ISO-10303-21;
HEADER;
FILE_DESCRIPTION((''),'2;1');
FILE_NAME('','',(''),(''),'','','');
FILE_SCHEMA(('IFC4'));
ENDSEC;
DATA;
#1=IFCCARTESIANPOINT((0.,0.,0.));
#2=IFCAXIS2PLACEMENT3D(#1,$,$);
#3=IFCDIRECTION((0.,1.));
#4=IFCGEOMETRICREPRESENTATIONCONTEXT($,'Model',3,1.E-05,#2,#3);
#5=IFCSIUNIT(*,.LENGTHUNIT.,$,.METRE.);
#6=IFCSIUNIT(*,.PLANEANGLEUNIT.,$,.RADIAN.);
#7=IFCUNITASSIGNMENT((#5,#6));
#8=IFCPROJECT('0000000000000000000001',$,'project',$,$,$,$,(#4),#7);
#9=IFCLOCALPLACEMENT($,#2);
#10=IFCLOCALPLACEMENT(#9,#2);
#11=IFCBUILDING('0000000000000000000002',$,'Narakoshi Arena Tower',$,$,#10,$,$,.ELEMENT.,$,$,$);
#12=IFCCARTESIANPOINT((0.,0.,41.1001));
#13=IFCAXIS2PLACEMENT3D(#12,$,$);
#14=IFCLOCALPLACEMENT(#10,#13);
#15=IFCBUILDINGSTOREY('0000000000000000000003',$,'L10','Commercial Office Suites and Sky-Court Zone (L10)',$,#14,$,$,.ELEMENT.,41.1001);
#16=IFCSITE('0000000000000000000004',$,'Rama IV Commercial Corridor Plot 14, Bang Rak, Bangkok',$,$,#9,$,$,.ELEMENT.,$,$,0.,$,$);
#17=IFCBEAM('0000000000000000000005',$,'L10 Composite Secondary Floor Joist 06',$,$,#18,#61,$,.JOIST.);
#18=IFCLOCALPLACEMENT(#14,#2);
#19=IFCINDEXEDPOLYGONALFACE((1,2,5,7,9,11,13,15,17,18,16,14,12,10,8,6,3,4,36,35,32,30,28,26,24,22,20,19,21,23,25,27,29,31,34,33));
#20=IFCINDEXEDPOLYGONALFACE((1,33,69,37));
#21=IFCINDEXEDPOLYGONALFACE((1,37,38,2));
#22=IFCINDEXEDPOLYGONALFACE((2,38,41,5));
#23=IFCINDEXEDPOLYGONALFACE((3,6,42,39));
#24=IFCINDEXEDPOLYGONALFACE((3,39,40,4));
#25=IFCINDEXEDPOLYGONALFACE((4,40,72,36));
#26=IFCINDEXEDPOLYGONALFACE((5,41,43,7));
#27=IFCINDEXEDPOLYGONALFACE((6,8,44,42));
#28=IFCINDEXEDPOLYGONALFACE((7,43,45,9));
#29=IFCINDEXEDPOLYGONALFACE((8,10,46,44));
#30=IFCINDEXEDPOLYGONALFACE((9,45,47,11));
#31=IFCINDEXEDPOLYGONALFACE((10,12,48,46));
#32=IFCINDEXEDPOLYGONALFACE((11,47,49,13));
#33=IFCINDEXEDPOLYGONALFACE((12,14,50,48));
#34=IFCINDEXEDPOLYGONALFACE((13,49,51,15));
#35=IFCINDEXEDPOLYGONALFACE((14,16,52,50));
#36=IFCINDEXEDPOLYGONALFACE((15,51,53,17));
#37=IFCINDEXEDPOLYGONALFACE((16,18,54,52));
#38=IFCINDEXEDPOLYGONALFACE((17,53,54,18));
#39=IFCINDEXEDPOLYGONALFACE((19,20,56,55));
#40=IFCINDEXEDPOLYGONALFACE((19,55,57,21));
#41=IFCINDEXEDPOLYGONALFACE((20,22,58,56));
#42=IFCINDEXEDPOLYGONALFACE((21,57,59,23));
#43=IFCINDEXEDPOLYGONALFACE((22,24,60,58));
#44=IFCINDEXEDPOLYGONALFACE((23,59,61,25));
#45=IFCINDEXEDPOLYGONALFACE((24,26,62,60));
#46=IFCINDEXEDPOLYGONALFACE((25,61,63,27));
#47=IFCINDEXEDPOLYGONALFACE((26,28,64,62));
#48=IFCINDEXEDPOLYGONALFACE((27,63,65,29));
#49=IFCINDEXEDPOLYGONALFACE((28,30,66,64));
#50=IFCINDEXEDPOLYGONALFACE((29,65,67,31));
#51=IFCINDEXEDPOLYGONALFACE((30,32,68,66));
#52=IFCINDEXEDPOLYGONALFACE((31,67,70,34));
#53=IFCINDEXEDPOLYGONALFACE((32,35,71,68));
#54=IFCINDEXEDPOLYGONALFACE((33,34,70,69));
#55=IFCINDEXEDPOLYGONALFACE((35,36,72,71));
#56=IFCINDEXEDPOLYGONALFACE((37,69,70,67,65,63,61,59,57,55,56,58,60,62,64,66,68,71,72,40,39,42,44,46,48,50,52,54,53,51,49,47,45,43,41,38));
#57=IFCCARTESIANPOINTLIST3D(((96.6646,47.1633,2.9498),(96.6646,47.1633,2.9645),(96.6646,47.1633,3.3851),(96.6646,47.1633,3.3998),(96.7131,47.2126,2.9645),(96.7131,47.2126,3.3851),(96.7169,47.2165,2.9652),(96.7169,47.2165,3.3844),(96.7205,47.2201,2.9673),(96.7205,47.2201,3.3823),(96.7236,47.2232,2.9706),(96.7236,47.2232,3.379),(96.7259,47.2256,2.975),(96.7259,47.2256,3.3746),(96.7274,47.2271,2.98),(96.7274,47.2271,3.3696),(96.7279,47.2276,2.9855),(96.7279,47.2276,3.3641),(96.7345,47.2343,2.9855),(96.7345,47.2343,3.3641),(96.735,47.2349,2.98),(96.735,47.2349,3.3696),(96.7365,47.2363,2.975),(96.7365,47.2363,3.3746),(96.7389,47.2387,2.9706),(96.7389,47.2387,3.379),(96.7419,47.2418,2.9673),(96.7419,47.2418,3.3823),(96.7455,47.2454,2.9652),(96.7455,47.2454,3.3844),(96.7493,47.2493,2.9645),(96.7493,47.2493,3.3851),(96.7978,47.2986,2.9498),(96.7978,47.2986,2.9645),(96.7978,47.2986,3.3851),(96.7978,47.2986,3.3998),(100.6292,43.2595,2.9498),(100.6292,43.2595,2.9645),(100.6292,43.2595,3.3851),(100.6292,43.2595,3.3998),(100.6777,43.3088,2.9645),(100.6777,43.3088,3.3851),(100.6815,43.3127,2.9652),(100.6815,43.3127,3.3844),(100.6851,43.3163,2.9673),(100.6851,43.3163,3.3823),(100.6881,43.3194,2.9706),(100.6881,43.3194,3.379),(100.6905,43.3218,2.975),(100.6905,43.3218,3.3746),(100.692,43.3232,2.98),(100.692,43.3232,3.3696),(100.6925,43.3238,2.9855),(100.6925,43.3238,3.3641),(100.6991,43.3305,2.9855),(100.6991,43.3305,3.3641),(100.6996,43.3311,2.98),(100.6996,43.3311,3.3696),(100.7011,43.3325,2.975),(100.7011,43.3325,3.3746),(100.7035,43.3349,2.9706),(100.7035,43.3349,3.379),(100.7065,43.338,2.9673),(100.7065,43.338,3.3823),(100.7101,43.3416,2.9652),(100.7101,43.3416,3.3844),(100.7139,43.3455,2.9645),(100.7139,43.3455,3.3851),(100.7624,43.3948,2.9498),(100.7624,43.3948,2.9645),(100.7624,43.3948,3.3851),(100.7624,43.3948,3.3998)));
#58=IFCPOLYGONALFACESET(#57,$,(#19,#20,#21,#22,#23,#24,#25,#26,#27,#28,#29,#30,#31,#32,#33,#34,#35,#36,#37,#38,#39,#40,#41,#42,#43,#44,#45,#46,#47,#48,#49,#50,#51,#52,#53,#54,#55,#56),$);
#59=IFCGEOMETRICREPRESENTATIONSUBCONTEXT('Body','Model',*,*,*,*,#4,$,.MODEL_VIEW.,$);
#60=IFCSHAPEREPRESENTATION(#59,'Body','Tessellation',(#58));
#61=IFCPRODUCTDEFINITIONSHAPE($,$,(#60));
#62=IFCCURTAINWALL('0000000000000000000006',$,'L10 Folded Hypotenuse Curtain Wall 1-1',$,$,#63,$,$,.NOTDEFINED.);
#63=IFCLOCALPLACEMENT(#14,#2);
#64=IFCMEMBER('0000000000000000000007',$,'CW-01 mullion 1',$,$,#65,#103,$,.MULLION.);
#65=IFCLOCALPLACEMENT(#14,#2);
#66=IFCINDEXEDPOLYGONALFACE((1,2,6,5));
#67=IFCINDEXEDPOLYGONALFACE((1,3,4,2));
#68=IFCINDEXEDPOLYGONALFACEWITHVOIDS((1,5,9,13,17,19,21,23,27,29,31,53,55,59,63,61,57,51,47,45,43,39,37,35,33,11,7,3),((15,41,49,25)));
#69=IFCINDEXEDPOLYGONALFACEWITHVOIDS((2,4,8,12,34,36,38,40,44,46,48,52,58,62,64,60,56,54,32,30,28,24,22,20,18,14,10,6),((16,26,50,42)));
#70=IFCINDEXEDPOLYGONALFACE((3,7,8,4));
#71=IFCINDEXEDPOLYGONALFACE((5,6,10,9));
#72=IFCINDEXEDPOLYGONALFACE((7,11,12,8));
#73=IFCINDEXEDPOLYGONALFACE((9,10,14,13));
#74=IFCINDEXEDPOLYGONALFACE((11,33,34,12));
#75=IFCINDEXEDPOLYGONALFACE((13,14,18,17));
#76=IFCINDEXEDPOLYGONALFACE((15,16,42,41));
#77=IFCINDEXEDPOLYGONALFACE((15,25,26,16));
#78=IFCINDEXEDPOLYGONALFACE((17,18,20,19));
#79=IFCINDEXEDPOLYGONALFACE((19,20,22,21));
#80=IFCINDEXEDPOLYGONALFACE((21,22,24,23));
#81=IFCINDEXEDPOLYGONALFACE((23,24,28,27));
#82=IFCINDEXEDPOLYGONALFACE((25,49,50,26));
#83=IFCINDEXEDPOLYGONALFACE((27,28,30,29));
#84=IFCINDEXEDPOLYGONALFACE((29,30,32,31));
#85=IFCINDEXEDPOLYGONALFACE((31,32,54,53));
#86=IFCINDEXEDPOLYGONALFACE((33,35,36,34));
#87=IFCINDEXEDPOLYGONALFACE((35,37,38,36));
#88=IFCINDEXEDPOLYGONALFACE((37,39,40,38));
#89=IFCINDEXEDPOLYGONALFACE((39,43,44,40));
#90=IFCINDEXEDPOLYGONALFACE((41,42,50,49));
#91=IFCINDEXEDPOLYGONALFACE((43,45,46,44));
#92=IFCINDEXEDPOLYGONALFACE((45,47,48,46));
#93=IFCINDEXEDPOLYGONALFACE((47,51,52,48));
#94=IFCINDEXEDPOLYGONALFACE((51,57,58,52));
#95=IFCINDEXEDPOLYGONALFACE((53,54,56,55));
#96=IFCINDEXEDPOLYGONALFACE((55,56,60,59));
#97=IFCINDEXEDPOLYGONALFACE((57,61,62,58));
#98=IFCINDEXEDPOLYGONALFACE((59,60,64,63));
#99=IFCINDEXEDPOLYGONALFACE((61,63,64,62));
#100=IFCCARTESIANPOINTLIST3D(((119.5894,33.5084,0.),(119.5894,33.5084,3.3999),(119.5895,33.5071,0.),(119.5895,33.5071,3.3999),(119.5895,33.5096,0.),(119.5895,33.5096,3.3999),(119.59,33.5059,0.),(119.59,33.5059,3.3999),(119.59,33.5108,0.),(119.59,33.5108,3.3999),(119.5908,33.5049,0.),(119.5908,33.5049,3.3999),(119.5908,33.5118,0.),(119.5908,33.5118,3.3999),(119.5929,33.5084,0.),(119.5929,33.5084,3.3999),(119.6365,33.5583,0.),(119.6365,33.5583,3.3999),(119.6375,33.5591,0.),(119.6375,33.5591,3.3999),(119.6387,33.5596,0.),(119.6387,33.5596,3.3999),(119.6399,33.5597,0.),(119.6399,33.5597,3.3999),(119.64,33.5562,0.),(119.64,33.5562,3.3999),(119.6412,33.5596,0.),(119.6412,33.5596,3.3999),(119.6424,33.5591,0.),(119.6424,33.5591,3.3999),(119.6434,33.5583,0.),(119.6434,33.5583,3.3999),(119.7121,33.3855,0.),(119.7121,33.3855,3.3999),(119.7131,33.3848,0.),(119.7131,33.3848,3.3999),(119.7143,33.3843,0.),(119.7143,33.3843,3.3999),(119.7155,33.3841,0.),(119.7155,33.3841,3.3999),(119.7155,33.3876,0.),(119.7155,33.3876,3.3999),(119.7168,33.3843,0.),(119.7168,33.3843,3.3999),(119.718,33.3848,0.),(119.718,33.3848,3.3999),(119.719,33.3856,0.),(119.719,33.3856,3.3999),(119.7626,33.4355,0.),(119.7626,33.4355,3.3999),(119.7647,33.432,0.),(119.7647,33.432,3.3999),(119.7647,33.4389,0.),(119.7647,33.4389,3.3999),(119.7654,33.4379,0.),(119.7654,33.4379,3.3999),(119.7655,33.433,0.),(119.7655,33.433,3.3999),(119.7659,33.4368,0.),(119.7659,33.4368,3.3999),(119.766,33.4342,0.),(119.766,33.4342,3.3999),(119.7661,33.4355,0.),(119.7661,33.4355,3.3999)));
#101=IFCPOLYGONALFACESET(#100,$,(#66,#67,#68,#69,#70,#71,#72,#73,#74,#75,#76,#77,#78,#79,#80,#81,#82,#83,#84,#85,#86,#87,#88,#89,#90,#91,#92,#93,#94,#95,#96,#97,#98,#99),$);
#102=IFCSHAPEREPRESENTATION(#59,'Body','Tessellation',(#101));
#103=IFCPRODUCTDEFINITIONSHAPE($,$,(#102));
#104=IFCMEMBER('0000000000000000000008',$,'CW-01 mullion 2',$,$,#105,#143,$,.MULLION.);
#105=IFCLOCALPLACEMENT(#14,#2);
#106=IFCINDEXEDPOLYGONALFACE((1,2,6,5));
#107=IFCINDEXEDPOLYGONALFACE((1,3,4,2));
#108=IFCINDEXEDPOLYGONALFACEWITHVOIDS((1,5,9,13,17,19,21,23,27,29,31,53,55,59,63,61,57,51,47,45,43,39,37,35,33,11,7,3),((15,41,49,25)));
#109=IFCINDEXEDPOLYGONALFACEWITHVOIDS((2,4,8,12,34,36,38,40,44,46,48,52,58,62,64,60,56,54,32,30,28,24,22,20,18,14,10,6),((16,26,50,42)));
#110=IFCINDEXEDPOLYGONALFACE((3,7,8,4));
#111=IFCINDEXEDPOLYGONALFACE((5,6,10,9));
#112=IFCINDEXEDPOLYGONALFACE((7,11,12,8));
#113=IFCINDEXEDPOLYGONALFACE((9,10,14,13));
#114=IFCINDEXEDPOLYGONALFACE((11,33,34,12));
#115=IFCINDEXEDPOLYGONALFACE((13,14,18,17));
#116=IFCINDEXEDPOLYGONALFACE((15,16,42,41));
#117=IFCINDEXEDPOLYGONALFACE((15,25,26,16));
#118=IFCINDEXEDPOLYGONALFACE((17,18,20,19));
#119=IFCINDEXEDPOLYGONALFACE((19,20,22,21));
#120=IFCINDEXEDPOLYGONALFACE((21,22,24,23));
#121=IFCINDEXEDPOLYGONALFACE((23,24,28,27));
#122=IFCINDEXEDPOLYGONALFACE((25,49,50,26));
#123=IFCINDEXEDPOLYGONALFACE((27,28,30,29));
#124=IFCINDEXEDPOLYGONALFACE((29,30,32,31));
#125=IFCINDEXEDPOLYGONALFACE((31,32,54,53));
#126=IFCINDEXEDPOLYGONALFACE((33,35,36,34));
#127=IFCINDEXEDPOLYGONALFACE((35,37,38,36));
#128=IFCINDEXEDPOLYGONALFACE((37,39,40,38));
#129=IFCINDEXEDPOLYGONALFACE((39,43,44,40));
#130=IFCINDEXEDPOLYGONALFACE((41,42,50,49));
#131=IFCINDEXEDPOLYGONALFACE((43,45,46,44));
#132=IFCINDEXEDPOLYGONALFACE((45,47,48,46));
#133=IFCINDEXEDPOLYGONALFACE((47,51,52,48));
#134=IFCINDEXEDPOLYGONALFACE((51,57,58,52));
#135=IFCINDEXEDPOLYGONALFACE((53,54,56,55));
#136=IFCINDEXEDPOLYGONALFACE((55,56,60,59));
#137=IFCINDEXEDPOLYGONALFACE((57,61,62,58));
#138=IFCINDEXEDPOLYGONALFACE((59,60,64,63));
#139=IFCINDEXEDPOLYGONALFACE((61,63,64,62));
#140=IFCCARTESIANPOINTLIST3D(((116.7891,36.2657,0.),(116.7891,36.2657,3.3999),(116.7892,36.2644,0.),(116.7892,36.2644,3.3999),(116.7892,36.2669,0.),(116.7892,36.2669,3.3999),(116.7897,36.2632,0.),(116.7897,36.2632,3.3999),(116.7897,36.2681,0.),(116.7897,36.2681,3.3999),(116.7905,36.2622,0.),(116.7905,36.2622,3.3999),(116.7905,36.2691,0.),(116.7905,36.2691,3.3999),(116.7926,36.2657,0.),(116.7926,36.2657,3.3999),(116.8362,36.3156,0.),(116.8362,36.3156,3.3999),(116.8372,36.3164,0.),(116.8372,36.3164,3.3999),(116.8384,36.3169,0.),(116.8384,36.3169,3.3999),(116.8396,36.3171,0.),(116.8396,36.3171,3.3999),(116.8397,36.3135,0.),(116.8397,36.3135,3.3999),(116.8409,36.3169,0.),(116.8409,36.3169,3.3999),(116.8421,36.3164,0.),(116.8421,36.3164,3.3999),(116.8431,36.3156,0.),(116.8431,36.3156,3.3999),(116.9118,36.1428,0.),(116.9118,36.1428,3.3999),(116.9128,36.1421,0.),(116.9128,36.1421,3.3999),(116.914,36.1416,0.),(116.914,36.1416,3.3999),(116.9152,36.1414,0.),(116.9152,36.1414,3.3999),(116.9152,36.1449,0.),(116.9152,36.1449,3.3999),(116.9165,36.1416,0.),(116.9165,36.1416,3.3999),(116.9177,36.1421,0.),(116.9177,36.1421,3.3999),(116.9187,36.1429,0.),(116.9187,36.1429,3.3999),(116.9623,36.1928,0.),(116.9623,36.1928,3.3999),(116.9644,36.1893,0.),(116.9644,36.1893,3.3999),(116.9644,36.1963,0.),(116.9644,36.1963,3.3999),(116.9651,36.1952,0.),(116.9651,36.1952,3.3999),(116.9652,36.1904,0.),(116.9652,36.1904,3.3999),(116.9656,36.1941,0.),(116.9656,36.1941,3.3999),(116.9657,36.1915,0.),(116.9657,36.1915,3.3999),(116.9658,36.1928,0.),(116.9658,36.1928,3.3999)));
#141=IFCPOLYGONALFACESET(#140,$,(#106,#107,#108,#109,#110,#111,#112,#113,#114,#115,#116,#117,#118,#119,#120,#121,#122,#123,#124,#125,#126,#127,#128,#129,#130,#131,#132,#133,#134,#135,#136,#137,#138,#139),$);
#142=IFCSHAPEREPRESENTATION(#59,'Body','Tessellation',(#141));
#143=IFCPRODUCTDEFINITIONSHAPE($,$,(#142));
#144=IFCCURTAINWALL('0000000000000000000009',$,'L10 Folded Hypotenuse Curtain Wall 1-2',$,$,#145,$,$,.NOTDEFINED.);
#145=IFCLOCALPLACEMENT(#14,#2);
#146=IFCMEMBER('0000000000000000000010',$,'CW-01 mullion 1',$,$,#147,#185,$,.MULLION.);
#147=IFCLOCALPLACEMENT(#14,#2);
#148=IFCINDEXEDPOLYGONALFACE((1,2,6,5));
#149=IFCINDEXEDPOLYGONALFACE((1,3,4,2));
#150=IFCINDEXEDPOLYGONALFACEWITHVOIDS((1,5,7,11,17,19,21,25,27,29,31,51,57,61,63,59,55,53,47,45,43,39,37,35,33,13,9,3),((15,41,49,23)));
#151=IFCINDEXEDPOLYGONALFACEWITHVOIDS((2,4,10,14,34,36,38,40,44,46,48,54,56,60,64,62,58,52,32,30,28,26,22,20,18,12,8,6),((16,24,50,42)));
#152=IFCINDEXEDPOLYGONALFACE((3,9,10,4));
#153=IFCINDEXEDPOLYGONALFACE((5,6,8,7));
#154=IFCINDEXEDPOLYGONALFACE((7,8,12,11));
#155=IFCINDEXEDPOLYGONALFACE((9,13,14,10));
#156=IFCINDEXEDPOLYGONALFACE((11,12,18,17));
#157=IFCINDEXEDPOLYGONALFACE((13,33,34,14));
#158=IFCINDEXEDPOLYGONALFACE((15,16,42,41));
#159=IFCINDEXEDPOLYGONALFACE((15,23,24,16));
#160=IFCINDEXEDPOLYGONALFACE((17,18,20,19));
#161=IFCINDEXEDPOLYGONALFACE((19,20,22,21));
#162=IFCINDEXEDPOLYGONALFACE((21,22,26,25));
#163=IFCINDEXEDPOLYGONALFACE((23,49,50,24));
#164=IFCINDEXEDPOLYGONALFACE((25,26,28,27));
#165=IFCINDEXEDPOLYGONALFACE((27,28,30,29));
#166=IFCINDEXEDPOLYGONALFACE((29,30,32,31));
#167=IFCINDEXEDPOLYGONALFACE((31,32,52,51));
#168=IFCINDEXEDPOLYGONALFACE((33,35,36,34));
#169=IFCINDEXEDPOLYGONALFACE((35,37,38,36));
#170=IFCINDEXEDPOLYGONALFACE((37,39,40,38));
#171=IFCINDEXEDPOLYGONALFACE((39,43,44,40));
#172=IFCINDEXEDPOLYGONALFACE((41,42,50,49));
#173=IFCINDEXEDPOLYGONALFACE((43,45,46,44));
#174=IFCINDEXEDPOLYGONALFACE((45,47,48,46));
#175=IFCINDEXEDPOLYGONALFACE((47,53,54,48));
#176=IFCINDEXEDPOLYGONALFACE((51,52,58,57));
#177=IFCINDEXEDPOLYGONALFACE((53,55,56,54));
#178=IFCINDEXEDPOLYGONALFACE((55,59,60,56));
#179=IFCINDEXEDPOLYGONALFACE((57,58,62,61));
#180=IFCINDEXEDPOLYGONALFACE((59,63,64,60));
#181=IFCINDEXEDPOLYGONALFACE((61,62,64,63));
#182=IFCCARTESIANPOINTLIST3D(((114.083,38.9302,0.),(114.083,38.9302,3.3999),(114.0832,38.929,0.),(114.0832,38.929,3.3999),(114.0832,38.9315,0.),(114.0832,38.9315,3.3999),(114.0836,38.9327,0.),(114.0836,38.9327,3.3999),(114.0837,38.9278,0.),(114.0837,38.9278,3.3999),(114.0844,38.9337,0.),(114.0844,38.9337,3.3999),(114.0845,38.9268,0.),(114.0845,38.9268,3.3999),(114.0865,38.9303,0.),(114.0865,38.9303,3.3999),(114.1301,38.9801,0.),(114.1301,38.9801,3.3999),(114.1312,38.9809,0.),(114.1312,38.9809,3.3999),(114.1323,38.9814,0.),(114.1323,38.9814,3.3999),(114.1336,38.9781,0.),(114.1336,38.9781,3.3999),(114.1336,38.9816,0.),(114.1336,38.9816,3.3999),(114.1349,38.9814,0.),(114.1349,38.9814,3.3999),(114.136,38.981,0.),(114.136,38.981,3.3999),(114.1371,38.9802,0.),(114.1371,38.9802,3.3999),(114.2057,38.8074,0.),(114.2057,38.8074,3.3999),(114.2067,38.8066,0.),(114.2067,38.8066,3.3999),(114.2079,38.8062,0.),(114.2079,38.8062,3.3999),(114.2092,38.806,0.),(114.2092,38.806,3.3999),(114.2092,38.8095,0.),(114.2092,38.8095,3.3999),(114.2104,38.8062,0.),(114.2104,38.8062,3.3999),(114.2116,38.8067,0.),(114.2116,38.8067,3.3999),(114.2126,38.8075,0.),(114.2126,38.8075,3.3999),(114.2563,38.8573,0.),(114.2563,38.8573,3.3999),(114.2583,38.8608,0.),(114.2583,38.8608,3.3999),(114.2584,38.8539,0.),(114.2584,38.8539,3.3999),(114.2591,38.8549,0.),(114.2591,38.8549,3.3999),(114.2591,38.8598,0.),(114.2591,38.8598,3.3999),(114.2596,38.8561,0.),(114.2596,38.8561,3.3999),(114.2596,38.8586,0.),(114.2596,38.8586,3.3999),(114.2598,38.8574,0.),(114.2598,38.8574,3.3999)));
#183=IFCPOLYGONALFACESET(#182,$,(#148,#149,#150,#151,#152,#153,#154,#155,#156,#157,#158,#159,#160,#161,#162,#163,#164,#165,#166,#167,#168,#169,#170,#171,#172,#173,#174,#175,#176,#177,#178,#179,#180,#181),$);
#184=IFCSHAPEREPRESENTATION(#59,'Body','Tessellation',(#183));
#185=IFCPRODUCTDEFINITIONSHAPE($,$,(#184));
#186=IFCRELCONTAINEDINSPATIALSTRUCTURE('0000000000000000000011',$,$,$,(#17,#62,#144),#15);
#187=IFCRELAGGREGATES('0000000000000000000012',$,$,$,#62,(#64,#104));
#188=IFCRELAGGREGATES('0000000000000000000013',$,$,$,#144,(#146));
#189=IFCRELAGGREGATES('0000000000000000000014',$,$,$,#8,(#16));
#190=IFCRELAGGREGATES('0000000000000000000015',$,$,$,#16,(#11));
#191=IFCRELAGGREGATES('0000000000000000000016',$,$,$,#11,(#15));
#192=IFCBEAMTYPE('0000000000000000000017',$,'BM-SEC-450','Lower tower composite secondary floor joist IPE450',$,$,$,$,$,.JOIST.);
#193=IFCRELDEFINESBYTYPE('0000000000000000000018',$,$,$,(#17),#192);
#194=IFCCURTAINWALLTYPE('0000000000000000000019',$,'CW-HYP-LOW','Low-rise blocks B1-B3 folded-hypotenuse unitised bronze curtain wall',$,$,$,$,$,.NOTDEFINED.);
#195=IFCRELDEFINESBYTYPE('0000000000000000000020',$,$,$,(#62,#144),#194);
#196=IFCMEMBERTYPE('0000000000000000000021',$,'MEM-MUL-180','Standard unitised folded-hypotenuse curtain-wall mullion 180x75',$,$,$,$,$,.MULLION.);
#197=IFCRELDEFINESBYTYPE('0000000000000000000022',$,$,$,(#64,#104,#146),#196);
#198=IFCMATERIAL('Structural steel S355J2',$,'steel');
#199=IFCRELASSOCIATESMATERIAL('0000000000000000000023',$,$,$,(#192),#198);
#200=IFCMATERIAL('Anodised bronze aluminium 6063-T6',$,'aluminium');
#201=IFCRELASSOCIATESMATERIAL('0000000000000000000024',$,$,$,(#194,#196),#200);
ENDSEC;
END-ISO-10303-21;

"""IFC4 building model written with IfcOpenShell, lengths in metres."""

from ifc_helpers import new_model, si_unit, direction, frame, origin, origin_2d, place, context, subcontext, project, spatial, hollow_rectangle, i_section, extrude, material, material_profile, profile_set, type_object, element, aggregate, save


model = new_model("IFC4")

# Units and contexts
model_context = context("Model", 3, precision=1e-05, world=origin(), true_north=direction((0.0, 1.0)))
body_context = subcontext(model_context, "Body", "Model", "MODEL_VIEW")
ifc_project = project(units=[si_unit("LENGTHUNIT", "METRE"), si_unit("PLANEANGLEUNIT", "RADIAN")], contexts=[model_context])

# Site, building, storey
site_placement = place(None, origin())
site = spatial("IfcSite", under=ifc_project, at=site_placement, Name="Rama IV Commercial Corridor Plot 14, Bang Rak, Bangkok", CompositionType="ELEMENT", RefElevation=0.0)
building_placement = place(site_placement, origin())
building = spatial("IfcBuilding", under=site, at=building_placement, Name="Narakoshi Arena Tower", CompositionType="ELEMENT")
storey_placement = place(building_placement, frame((0.0, 0.0, 41.1001)))
storey = spatial("IfcBuildingStorey", under=building, at=storey_placement, Name="L10", Description="Commercial Office Suites and Sky-Court Zone (L10)", CompositionType="ELEMENT", Elevation=41.1001)

# Beam
ifc_material_1 = material(Name="Structural steel S355J2", Category="steel")
ifc_material_profile_1 = material_profile(ifc_material_1, i_section(OverallWidth=0.1899, OverallDepth=0.45, WebThickness=0.0095, FlangeThickness=0.0146, FilletRadius=0.021, at=origin_2d()), Name="IPE450")
ifc_profile_set_1 = profile_set([ifc_material_profile_1], Name="Structural steel S355J2")
beam_type_1 = type_object("IfcBeamType", Name="BM-SEC-450", Description="Lower tower composite secondary floor joist IPE450", PredefinedType="JOIST", material=ifc_profile_set_1)
beam_1_placement = place(storey_placement, frame((100.6958, 43.3271, 3.1748), z_axis=(-0.712549, 0.701623, 0.0), x_axis=(-0.701623, -0.712549, 0.0)))
element("IfcBeam", 1, at=beam_1_placement, inside=storey, type_object=beam_type_1, Name="L10 Composite Secondary Floor Joist 06", PredefinedType="JOIST", context=body_context, shape_type="SweptSolid", body=[
    extrude(i_section(OverallWidth=0.1899, OverallDepth=0.45, WebThickness=0.0095, FlangeThickness=0.0146, FilletRadius=0.021, at=origin_2d()), origin(), (0.0, 0.0, 1.0), 5.564),
])

# Curtain walls, members
ifc_material_2 = material(Name="Anodised bronze aluminium 6063-T6", Category="aluminium")
curtain_wall_type = type_object("IfcCurtainWallType", Name="CW-HYP-LOW", Description="Low-rise blocks B1-B3 folded-hypotenuse unitised bronze curtain wall", PredefinedType="NOTDEFINED", material=ifc_material_2)
curtain_wall_1_placement = place(storey_placement, origin())
curtain_wall_1 = element("IfcCurtainWall", 2, at=curtain_wall_1_placement, inside=storey, type_object=curtain_wall_type, Name="L10 Folded Hypotenuse Curtain Wall 1-1", PredefinedType="NOTDEFINED")
ifc_material_profile_2 = material_profile(ifc_material_2, hollow_rectangle(XDim=0.075, YDim=0.1799, WallThickness=0.0039, OuterFilletRadius=0.0049, at=origin_2d()), Name="MUL180x75x4")
ifc_profile_set_2 = profile_set([ifc_material_profile_2], Name="Anodised bronze aluminium 6063-T6")
member_type_1 = type_object("IfcMemberType", Name="MEM-MUL-180", Description="Standard unitised folded-hypotenuse curtain-wall mullion 180x75", PredefinedType="MULLION", material=ifc_profile_set_2)
member_1_placement = place(storey_placement, frame((119.6777, 33.4719, 0.0), z_axis=(0.0, 0.0, 1.0), x_axis=(-0.70163, -0.712541, 0.0)))
member_1 = element("IfcMember", 3, at=member_1_placement, type_object=member_type_1, Name="CW-01 mullion 1", PredefinedType="MULLION", context=body_context, shape_type="SweptSolid", body=[
    extrude(hollow_rectangle(XDim=0.075, YDim=0.1799, WallThickness=0.0039, OuterFilletRadius=0.0049, at=origin_2d()), origin(), (0.0, 0.0, 1.0), 3.3999),
])
member_2_placement = place(storey_placement, frame((116.8774, 36.2292, 0.0), z_axis=(0.0, 0.0, 1.0), x_axis=(-0.70163, -0.712541, 0.0)))
member_2 = element("IfcMember", 4, at=member_2_placement, type_object=member_type_1, Name="CW-01 mullion 2", PredefinedType="MULLION", context=body_context, shape_type="SweptSolid", body=[
    extrude(hollow_rectangle(XDim=0.075, YDim=0.1799, WallThickness=0.0039, OuterFilletRadius=0.0049, at=origin_2d()), origin(), (0.0, 0.0, 1.0), 3.3999),
])
curtain_wall_2_placement = place(storey_placement, origin())
curtain_wall_2 = element("IfcCurtainWall", 5, at=curtain_wall_2_placement, inside=storey, type_object=curtain_wall_type, Name="L10 Folded Hypotenuse Curtain Wall 1-2", PredefinedType="NOTDEFINED")
member_3_placement = place(storey_placement, frame((114.1714, 38.8938, 0.0), z_axis=(0.0, 0.0, 1.0), x_axis=(-0.701623, -0.712548, 0.0)))
member_3 = element("IfcMember", 6, at=member_3_placement, type_object=member_type_1, Name="CW-01 mullion 1", PredefinedType="MULLION", context=body_context, shape_type="SweptSolid", body=[
    extrude(hollow_rectangle(XDim=0.075, YDim=0.1799, WallThickness=0.0039, OuterFilletRadius=0.0049, at=origin_2d()), origin(), (0.0, 0.0, 1.0), 3.3999),
])

aggregate(curtain_wall_1, [member_1, member_2])
aggregate(curtain_wall_2, [member_3])

save(model, "model.ifc")
